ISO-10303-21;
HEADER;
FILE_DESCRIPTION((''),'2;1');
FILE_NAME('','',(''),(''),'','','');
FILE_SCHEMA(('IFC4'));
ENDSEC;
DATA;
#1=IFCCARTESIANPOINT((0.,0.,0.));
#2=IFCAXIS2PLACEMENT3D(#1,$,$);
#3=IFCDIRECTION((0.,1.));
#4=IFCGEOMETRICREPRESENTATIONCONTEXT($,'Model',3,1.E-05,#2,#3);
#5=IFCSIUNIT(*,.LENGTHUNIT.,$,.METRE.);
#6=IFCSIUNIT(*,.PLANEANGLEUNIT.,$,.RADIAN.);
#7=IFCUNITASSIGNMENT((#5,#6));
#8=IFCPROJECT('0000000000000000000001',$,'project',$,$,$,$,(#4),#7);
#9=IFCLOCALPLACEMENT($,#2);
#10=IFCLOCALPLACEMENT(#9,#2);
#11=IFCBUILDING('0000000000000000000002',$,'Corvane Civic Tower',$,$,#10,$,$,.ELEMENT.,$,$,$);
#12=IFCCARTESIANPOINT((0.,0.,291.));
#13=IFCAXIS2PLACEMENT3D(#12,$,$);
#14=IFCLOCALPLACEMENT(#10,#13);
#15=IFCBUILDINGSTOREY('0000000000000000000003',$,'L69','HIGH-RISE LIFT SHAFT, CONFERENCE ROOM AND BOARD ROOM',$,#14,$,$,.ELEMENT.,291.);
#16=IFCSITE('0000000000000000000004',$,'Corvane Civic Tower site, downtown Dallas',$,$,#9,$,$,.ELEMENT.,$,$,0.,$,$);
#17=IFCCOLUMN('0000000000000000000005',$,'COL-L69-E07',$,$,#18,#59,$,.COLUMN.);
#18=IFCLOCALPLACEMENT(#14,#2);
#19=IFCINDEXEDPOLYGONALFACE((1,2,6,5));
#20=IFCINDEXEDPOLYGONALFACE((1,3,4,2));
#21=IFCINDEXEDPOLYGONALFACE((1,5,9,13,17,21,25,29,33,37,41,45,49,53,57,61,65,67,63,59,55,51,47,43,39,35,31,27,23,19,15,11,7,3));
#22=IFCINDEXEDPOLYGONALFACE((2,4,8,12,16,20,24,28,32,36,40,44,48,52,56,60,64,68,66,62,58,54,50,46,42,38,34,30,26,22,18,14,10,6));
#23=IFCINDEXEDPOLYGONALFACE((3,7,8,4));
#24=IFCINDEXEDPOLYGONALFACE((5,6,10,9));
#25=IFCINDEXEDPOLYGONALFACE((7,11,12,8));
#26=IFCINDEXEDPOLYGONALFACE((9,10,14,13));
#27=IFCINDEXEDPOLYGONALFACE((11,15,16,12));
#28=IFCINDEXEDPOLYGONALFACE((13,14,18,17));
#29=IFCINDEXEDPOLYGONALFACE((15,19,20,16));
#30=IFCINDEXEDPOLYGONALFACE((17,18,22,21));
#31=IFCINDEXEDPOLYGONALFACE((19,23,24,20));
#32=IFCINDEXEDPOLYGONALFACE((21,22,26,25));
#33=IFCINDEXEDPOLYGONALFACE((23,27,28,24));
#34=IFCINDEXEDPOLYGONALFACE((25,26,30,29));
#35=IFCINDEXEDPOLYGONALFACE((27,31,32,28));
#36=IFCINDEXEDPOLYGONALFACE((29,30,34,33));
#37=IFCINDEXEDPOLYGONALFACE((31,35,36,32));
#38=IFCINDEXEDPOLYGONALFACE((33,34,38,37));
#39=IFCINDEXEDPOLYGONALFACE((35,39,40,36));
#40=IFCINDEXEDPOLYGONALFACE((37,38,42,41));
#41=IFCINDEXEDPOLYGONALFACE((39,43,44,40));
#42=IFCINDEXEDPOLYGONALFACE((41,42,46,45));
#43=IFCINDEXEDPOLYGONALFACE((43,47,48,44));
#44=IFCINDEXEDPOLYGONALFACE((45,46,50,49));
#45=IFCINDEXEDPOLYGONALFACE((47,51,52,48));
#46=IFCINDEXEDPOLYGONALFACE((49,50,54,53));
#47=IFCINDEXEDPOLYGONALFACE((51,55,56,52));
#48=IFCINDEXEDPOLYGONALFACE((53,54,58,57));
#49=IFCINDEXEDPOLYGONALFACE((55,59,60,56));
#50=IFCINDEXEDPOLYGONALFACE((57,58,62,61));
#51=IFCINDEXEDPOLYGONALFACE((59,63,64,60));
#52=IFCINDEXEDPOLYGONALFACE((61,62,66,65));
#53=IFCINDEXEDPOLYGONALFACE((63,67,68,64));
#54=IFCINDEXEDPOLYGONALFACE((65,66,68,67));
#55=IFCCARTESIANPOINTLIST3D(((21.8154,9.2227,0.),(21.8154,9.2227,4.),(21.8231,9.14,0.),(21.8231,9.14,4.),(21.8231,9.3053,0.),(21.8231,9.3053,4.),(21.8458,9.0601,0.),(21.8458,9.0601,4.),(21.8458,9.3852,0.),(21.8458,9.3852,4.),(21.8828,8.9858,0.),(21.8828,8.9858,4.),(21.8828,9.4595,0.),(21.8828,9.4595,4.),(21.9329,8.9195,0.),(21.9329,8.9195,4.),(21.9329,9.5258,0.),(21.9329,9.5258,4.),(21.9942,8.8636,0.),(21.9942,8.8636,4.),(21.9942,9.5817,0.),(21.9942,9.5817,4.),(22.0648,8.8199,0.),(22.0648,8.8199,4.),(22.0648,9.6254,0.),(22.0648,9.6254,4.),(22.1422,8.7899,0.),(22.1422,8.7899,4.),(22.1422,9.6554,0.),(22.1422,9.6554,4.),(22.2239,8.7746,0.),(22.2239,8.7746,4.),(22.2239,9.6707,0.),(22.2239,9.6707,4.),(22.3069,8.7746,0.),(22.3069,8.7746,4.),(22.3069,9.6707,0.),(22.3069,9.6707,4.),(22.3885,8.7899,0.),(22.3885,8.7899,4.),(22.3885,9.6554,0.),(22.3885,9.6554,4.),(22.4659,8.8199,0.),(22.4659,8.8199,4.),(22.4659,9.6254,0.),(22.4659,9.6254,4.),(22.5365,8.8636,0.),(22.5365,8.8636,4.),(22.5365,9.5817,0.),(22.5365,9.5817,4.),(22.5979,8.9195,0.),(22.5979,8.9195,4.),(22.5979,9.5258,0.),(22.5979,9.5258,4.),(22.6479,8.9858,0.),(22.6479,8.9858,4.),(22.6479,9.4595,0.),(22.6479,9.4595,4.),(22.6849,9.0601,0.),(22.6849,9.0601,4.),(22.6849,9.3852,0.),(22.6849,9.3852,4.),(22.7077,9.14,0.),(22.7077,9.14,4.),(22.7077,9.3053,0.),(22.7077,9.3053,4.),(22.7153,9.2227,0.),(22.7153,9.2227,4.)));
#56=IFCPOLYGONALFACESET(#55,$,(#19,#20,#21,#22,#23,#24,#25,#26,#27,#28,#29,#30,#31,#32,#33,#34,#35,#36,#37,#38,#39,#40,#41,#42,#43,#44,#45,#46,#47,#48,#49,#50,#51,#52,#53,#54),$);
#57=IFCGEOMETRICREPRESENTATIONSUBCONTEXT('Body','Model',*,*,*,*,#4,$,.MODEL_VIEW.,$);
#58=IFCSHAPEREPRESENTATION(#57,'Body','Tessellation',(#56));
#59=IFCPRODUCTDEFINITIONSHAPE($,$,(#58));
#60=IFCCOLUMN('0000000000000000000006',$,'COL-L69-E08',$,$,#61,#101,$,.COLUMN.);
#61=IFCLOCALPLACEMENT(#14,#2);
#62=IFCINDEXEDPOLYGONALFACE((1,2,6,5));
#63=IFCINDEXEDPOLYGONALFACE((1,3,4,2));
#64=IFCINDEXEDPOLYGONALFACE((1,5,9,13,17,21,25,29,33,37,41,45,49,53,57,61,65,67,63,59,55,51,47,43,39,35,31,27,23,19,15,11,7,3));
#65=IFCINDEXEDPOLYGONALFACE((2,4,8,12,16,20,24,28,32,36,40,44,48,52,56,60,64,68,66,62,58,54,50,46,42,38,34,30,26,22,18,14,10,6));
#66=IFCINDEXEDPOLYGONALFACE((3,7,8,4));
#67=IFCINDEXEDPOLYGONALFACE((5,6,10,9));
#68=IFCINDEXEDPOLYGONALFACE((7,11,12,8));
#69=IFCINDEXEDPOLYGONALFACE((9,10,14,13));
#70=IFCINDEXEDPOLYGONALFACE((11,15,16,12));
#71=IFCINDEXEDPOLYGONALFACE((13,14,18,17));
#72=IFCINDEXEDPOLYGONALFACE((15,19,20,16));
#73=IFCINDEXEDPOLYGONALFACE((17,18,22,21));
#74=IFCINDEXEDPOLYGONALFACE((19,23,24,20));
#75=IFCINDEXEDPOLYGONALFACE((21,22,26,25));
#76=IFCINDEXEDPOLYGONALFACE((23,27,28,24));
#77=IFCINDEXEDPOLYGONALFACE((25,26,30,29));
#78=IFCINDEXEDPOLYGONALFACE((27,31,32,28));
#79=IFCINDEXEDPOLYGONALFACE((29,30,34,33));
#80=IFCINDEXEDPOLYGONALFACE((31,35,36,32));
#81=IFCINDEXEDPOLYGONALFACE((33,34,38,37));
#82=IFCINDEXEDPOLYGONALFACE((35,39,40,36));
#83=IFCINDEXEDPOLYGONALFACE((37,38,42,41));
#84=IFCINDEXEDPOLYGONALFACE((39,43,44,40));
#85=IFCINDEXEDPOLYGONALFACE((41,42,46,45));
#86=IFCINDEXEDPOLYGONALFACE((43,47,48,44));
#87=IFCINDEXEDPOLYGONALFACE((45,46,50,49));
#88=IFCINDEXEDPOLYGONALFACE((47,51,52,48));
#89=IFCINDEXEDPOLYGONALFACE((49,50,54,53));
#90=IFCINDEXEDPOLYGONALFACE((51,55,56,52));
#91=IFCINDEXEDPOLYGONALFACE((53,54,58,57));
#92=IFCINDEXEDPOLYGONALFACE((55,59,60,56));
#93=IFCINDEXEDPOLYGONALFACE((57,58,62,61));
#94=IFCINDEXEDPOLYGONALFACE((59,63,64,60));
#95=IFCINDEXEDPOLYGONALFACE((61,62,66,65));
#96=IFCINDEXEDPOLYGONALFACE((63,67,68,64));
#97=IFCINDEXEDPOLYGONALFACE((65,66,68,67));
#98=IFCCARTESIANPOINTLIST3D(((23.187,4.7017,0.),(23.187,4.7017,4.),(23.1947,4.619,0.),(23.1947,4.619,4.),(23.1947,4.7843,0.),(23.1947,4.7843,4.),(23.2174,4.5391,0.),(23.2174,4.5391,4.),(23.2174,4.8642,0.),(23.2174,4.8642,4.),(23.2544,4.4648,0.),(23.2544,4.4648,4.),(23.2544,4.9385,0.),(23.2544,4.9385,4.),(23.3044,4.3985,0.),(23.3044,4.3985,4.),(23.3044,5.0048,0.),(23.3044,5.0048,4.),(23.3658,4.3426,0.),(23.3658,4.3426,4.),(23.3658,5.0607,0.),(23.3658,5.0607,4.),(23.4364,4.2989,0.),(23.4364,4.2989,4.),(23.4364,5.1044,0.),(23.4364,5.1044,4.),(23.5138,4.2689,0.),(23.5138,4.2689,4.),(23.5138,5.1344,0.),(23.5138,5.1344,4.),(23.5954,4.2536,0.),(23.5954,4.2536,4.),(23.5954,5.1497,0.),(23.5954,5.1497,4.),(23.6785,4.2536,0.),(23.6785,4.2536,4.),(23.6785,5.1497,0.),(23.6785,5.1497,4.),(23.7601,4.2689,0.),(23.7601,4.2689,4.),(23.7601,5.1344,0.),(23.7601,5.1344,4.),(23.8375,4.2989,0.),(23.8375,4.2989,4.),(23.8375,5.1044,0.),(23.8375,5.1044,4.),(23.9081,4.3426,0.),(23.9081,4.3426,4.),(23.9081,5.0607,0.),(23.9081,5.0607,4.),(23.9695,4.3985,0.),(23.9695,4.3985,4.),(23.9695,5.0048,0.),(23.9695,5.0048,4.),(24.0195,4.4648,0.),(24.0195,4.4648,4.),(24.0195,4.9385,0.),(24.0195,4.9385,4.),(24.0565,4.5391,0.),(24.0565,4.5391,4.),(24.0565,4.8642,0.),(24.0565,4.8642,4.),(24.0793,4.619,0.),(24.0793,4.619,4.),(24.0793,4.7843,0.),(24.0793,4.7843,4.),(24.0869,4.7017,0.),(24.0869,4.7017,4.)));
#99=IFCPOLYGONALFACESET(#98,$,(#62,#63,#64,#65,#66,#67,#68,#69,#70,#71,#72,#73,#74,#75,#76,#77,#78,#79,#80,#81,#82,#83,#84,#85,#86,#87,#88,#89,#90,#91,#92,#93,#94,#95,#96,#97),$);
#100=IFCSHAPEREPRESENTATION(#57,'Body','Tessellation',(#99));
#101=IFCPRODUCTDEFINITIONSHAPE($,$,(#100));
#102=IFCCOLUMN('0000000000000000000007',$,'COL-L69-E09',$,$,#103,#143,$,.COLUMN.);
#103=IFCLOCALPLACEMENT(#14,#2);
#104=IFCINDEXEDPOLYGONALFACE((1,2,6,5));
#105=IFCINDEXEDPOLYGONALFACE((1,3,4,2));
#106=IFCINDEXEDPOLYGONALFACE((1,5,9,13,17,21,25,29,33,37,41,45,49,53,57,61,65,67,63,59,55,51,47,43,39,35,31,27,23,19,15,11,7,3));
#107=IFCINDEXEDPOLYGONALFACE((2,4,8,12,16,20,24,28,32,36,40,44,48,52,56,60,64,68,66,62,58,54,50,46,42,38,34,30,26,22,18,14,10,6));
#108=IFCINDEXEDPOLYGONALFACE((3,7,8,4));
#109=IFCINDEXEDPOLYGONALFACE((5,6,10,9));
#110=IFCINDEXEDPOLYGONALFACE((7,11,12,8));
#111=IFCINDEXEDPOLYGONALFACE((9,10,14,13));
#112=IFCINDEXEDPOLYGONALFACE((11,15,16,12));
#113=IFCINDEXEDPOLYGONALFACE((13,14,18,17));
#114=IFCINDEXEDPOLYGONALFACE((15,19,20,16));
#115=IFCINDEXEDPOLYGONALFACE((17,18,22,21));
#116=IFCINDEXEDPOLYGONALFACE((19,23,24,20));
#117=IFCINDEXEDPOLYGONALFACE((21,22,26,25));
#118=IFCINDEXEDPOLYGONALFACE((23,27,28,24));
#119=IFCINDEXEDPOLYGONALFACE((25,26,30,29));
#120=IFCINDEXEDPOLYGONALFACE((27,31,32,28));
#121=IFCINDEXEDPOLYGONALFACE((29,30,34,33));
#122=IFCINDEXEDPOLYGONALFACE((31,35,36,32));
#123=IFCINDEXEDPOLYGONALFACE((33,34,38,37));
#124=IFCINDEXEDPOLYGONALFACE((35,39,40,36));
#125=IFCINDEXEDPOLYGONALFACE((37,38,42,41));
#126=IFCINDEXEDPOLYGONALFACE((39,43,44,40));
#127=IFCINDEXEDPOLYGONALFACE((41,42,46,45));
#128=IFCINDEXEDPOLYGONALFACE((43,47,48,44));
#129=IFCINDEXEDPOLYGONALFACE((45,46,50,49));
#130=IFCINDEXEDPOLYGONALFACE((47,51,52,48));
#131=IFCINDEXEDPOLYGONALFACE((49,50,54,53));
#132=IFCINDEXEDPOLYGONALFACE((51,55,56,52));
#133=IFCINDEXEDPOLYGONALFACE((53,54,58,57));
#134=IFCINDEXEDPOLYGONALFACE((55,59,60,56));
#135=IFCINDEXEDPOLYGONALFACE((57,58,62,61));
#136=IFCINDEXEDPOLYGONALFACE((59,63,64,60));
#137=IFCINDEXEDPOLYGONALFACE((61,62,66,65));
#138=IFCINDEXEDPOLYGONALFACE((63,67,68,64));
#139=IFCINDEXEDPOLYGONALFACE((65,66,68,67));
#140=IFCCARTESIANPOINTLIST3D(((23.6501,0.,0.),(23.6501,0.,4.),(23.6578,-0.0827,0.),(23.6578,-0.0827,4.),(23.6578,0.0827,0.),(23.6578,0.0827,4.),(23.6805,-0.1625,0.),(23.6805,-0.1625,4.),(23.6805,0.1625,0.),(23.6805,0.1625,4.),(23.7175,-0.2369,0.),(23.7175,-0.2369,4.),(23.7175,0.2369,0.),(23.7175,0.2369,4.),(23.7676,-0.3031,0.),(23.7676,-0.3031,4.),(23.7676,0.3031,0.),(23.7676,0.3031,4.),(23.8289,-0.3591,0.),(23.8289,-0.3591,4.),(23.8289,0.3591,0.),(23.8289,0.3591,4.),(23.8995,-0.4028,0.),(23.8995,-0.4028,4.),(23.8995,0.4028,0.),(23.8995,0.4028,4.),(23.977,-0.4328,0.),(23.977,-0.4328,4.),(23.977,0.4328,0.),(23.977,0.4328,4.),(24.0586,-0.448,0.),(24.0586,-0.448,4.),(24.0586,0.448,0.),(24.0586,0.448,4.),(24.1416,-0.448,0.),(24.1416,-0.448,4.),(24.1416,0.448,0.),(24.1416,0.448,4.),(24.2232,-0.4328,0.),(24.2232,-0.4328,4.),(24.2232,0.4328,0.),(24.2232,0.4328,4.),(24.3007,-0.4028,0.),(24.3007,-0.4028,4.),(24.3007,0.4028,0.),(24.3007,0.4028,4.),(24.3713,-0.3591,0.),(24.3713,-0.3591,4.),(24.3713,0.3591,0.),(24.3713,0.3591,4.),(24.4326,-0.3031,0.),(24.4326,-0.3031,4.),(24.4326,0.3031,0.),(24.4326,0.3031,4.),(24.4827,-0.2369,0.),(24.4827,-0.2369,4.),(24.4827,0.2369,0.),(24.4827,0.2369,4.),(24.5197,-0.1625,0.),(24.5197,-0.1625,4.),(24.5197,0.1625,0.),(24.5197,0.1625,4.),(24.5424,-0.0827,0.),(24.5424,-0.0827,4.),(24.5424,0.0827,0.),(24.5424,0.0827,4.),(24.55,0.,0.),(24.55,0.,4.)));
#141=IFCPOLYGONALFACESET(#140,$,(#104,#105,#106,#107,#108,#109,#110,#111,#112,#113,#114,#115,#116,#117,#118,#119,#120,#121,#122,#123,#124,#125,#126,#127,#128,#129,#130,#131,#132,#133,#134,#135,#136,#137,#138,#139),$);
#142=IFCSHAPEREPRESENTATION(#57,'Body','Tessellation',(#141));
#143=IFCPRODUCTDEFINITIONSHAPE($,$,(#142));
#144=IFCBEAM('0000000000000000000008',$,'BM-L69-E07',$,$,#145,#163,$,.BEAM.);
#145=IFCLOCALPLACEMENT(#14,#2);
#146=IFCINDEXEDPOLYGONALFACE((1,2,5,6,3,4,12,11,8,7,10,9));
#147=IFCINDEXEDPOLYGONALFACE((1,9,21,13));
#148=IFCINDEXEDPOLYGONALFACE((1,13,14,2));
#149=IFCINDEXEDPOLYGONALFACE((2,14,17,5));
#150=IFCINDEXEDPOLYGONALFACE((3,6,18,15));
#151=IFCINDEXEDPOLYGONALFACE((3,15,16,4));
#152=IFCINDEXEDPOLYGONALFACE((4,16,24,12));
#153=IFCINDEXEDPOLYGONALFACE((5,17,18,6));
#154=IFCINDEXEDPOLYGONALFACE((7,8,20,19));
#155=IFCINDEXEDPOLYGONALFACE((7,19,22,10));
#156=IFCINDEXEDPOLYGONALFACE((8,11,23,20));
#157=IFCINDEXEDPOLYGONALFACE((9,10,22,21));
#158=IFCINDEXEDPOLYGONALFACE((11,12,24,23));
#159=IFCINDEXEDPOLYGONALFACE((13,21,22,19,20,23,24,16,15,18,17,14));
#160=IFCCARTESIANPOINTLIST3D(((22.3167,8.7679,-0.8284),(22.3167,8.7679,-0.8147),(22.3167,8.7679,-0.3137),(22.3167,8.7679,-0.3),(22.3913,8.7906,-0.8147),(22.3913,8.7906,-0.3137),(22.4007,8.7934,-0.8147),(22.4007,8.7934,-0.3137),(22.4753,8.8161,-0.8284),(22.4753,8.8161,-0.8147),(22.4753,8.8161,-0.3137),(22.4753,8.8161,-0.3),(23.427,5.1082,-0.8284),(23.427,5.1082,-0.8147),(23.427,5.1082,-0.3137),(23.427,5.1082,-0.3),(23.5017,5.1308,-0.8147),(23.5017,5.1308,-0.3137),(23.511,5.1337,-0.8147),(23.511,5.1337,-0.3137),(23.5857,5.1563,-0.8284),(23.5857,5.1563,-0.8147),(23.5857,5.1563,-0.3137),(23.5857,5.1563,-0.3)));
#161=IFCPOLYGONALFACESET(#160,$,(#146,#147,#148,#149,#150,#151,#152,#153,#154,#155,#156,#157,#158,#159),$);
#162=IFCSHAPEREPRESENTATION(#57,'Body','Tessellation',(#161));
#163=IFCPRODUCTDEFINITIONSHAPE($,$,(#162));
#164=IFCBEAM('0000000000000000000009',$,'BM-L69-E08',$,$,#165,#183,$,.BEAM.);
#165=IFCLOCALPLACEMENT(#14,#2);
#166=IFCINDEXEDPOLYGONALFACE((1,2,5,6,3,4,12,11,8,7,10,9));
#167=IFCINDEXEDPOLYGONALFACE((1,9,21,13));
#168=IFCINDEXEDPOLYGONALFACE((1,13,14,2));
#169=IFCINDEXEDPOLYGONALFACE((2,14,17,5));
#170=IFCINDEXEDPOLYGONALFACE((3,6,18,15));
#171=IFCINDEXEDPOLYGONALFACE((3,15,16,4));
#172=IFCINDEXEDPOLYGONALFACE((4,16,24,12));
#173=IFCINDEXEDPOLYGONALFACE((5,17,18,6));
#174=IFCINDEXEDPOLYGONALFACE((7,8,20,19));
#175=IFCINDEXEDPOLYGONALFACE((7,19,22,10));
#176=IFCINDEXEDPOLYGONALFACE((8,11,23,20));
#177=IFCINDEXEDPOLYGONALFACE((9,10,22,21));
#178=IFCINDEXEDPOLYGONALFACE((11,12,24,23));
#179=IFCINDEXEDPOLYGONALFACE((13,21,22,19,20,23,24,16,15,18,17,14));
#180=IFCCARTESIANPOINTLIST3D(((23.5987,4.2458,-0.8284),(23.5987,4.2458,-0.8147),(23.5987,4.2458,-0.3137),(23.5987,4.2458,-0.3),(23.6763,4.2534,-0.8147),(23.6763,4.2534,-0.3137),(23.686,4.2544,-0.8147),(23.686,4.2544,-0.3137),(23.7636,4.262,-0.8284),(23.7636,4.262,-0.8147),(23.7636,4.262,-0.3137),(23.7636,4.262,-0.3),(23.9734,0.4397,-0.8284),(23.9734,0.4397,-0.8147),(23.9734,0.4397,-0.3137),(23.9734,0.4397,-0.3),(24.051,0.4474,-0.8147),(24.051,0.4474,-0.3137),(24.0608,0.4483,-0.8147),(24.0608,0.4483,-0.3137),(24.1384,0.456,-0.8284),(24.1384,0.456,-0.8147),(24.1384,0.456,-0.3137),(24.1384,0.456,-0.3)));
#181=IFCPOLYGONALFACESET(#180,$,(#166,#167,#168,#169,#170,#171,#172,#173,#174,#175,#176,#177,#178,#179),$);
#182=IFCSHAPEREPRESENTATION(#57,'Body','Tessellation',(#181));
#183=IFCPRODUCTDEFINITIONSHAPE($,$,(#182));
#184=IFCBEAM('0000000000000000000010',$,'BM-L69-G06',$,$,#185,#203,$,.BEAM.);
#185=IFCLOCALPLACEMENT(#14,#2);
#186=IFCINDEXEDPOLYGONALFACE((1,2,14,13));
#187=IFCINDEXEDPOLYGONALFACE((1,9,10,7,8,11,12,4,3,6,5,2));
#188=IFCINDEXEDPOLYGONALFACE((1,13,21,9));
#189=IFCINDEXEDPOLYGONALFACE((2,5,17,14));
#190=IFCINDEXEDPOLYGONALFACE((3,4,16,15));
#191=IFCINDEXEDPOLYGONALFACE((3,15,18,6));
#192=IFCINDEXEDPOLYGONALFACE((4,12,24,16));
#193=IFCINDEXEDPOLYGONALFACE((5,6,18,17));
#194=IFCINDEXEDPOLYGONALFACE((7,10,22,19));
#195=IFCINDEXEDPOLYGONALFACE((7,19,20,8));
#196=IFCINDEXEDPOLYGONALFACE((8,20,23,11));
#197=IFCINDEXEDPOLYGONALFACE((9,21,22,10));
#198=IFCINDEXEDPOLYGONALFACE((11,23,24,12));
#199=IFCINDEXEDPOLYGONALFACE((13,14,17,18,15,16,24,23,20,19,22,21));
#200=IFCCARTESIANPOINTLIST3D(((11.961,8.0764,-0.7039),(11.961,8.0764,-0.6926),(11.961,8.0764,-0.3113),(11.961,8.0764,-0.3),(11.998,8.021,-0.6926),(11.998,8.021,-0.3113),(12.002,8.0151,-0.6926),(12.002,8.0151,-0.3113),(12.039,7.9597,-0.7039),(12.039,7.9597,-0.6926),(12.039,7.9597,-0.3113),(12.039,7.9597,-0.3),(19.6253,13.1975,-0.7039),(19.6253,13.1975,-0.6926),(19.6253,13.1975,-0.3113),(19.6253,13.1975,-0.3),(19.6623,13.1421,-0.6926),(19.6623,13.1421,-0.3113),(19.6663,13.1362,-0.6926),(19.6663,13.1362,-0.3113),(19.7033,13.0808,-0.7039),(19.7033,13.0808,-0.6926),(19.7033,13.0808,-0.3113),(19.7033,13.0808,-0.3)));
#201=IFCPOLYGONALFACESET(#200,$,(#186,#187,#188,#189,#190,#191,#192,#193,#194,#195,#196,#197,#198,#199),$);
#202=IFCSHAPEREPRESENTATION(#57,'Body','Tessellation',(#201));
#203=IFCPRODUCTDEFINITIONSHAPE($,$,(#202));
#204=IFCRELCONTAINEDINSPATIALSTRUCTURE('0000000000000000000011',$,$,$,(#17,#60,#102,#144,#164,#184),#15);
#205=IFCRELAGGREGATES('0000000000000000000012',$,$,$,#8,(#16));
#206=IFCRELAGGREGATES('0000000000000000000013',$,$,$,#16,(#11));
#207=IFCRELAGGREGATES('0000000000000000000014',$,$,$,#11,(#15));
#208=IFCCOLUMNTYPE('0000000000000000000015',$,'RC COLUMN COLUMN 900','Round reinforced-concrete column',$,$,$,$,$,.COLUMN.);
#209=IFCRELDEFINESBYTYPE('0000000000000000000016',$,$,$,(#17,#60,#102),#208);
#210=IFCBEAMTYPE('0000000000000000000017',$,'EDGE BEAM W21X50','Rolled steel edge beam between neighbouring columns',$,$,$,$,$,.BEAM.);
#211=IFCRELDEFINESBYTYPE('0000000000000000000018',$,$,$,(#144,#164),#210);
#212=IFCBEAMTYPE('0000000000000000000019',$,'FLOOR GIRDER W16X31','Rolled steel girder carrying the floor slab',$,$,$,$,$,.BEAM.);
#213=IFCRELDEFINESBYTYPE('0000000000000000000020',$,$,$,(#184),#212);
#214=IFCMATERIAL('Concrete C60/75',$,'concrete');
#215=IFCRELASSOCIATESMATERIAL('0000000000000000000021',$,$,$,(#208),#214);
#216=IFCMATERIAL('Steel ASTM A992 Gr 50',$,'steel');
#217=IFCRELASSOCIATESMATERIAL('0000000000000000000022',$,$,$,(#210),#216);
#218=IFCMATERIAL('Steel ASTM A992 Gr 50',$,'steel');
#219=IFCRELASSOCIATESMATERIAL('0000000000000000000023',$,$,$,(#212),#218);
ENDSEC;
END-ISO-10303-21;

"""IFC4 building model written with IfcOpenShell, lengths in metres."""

from ifc_helpers import new_model, si_unit, direction, frame, origin, origin_2d, place, context, subcontext, project, spatial, circle, i_section, extrude, material, material_profile, profile_set, type_object, element, save


model = new_model("IFC4")

# Units and contexts
model_context = context("Model", 3, precision=1e-05, world=origin(), true_north=direction((0.0, 1.0)))
body_context = subcontext(model_context, "Body", "Model", "MODEL_VIEW")
ifc_project = project(units=[si_unit("LENGTHUNIT", "METRE"), si_unit("PLANEANGLEUNIT", "RADIAN")], contexts=[model_context])

# Site, building, storey
site_placement = place(None, origin())
site = spatial("IfcSite", under=ifc_project, at=site_placement, Name="Corvane Civic Tower site, downtown Dallas", CompositionType="ELEMENT", RefElevation=0.0)
building_placement = place(site_placement, origin())
building = spatial("IfcBuilding", under=site, at=building_placement, Name="Corvane Civic Tower", CompositionType="ELEMENT")
storey_placement = place(building_placement, frame((0.0, 0.0, 291.0)))
storey = spatial("IfcBuildingStorey", under=building, at=storey_placement, Name="L69", Description="HIGH-RISE LIFT SHAFT, CONFERENCE ROOM AND BOARD ROOM", CompositionType="ELEMENT", Elevation=291.0)

# Columns
ifc_material_1 = material(Name="Concrete C60/75", Category="concrete")
ifc_material_profile_1 = material_profile(ifc_material_1, circle(Radius=0.45, at=origin_2d()), Name="COLUMN 900")
ifc_profile_set_1 = profile_set([ifc_material_profile_1], Name="Concrete C60/75")
column_type = type_object("IfcColumnType", Name="RC COLUMN COLUMN 900", Description="Round reinforced-concrete column", PredefinedType="COLUMN", material=ifc_profile_set_1)
for number, where, z_axis, x_axis, name in (
    (1, (22.2654, 9.2227, 0.0), (0.0, 0.0, 1.0), (1.0, 0.0, 0.0), "COL-L69-E07"),
    (2, (23.637, 4.7017, 0.0), (0.0, 0.0, 1.0), (1.0, 0.0, 0.0), "COL-L69-E08"),
    (3, (24.1001, 0.0, 0.0), (0.0, 0.0, 1.0), (1.0, 0.0, 0.0), "COL-L69-E09"),
):
    element("IfcColumn", number, at=place(storey_placement, frame(where, z_axis=z_axis, x_axis=x_axis)), inside=storey, type_object=column_type, Name=name, PredefinedType="COLUMN", context=body_context, shape_type="SweptSolid", body=[
        extrude(circle(Radius=0.45, at=origin_2d()), origin(), (0.0, 0.0, 1.0), 4.0),
    ])

# Beams
ifc_material_2 = material(Name="Steel ASTM A992 Gr 50", Category="steel")
ifc_material_profile_2 = material_profile(ifc_material_2, i_section(OverallWidth=0.1658, OverallDepth=0.5283, WebThickness=0.0098, FlangeThickness=0.0137, at=origin_2d()), Name="W21X50")
ifc_profile_set_2 = profile_set([ifc_material_profile_2], Name="Steel ASTM A992 Gr 50")
beam_type_1 = type_object("IfcBeamType", Name="EDGE BEAM W21X50", Description="Rolled steel edge beam between neighbouring columns", PredefinedType="BEAM", material=ifc_profile_set_2)
for number, where, z_axis, x_axis, name in (
    (4, (22.396, 8.792, -0.5642), (0.290333, -0.956926, 0.0), (0.956926, 0.290333, 0.0), "BM-L69-E07"),
    (5, (23.6812, 4.2539, -0.5642), (0.097987, -0.995188, 0.0), (0.995188, 0.097987, 0.0), "BM-L69-E08"),
):
    element("IfcBeam", number, at=place(storey_placement, frame(where, z_axis=z_axis, x_axis=x_axis)), inside=storey, type_object=beam_type_1, Name=name, PredefinedType="BEAM", context=body_context, shape_type="SweptSolid", body=[
        extrude(i_section(OverallWidth=0.1658, OverallDepth=0.5283, WebThickness=0.0098, FlangeThickness=0.0137, at=origin_2d()), origin(), (0.0, 0.0, 1.0), 3.8245),
    ])
ifc_material_3 = material(Name="Steel ASTM A992 Gr 50", Category="steel")
ifc_material_profile_3 = material_profile(ifc_material_3, i_section(OverallWidth=0.1404, OverallDepth=0.4038, WebThickness=0.0071, FlangeThickness=0.0112, at=origin_2d()), Name="W16X31")
ifc_profile_set_3 = profile_set([ifc_material_profile_3], Name="Steel ASTM A992 Gr 50")
beam_type_2 = type_object("IfcBeamType", Name="FLOOR GIRDER W16X31", Description="Rolled steel girder carrying the floor slab", PredefinedType="BEAM", material=ifc_profile_set_3)
beam_1_placement = place(storey_placement, frame((12.0, 8.0181, -0.502), z_axis=(0.831471, 0.555568, 0.0), x_axis=(-0.555568, 0.831471, 0.0)))
element("IfcBeam", 6, at=beam_1_placement, inside=storey, type_object=beam_type_2, Name="BM-L69-G06", PredefinedType="BEAM", context=body_context, shape_type="SweptSolid", body=[
    extrude(i_section(OverallWidth=0.1404, OverallDepth=0.4038, WebThickness=0.0071, FlangeThickness=0.0112, at=origin_2d()), origin(), (0.0, 0.0, 1.0), 9.2178),
])

save(model, "model.ifc")
